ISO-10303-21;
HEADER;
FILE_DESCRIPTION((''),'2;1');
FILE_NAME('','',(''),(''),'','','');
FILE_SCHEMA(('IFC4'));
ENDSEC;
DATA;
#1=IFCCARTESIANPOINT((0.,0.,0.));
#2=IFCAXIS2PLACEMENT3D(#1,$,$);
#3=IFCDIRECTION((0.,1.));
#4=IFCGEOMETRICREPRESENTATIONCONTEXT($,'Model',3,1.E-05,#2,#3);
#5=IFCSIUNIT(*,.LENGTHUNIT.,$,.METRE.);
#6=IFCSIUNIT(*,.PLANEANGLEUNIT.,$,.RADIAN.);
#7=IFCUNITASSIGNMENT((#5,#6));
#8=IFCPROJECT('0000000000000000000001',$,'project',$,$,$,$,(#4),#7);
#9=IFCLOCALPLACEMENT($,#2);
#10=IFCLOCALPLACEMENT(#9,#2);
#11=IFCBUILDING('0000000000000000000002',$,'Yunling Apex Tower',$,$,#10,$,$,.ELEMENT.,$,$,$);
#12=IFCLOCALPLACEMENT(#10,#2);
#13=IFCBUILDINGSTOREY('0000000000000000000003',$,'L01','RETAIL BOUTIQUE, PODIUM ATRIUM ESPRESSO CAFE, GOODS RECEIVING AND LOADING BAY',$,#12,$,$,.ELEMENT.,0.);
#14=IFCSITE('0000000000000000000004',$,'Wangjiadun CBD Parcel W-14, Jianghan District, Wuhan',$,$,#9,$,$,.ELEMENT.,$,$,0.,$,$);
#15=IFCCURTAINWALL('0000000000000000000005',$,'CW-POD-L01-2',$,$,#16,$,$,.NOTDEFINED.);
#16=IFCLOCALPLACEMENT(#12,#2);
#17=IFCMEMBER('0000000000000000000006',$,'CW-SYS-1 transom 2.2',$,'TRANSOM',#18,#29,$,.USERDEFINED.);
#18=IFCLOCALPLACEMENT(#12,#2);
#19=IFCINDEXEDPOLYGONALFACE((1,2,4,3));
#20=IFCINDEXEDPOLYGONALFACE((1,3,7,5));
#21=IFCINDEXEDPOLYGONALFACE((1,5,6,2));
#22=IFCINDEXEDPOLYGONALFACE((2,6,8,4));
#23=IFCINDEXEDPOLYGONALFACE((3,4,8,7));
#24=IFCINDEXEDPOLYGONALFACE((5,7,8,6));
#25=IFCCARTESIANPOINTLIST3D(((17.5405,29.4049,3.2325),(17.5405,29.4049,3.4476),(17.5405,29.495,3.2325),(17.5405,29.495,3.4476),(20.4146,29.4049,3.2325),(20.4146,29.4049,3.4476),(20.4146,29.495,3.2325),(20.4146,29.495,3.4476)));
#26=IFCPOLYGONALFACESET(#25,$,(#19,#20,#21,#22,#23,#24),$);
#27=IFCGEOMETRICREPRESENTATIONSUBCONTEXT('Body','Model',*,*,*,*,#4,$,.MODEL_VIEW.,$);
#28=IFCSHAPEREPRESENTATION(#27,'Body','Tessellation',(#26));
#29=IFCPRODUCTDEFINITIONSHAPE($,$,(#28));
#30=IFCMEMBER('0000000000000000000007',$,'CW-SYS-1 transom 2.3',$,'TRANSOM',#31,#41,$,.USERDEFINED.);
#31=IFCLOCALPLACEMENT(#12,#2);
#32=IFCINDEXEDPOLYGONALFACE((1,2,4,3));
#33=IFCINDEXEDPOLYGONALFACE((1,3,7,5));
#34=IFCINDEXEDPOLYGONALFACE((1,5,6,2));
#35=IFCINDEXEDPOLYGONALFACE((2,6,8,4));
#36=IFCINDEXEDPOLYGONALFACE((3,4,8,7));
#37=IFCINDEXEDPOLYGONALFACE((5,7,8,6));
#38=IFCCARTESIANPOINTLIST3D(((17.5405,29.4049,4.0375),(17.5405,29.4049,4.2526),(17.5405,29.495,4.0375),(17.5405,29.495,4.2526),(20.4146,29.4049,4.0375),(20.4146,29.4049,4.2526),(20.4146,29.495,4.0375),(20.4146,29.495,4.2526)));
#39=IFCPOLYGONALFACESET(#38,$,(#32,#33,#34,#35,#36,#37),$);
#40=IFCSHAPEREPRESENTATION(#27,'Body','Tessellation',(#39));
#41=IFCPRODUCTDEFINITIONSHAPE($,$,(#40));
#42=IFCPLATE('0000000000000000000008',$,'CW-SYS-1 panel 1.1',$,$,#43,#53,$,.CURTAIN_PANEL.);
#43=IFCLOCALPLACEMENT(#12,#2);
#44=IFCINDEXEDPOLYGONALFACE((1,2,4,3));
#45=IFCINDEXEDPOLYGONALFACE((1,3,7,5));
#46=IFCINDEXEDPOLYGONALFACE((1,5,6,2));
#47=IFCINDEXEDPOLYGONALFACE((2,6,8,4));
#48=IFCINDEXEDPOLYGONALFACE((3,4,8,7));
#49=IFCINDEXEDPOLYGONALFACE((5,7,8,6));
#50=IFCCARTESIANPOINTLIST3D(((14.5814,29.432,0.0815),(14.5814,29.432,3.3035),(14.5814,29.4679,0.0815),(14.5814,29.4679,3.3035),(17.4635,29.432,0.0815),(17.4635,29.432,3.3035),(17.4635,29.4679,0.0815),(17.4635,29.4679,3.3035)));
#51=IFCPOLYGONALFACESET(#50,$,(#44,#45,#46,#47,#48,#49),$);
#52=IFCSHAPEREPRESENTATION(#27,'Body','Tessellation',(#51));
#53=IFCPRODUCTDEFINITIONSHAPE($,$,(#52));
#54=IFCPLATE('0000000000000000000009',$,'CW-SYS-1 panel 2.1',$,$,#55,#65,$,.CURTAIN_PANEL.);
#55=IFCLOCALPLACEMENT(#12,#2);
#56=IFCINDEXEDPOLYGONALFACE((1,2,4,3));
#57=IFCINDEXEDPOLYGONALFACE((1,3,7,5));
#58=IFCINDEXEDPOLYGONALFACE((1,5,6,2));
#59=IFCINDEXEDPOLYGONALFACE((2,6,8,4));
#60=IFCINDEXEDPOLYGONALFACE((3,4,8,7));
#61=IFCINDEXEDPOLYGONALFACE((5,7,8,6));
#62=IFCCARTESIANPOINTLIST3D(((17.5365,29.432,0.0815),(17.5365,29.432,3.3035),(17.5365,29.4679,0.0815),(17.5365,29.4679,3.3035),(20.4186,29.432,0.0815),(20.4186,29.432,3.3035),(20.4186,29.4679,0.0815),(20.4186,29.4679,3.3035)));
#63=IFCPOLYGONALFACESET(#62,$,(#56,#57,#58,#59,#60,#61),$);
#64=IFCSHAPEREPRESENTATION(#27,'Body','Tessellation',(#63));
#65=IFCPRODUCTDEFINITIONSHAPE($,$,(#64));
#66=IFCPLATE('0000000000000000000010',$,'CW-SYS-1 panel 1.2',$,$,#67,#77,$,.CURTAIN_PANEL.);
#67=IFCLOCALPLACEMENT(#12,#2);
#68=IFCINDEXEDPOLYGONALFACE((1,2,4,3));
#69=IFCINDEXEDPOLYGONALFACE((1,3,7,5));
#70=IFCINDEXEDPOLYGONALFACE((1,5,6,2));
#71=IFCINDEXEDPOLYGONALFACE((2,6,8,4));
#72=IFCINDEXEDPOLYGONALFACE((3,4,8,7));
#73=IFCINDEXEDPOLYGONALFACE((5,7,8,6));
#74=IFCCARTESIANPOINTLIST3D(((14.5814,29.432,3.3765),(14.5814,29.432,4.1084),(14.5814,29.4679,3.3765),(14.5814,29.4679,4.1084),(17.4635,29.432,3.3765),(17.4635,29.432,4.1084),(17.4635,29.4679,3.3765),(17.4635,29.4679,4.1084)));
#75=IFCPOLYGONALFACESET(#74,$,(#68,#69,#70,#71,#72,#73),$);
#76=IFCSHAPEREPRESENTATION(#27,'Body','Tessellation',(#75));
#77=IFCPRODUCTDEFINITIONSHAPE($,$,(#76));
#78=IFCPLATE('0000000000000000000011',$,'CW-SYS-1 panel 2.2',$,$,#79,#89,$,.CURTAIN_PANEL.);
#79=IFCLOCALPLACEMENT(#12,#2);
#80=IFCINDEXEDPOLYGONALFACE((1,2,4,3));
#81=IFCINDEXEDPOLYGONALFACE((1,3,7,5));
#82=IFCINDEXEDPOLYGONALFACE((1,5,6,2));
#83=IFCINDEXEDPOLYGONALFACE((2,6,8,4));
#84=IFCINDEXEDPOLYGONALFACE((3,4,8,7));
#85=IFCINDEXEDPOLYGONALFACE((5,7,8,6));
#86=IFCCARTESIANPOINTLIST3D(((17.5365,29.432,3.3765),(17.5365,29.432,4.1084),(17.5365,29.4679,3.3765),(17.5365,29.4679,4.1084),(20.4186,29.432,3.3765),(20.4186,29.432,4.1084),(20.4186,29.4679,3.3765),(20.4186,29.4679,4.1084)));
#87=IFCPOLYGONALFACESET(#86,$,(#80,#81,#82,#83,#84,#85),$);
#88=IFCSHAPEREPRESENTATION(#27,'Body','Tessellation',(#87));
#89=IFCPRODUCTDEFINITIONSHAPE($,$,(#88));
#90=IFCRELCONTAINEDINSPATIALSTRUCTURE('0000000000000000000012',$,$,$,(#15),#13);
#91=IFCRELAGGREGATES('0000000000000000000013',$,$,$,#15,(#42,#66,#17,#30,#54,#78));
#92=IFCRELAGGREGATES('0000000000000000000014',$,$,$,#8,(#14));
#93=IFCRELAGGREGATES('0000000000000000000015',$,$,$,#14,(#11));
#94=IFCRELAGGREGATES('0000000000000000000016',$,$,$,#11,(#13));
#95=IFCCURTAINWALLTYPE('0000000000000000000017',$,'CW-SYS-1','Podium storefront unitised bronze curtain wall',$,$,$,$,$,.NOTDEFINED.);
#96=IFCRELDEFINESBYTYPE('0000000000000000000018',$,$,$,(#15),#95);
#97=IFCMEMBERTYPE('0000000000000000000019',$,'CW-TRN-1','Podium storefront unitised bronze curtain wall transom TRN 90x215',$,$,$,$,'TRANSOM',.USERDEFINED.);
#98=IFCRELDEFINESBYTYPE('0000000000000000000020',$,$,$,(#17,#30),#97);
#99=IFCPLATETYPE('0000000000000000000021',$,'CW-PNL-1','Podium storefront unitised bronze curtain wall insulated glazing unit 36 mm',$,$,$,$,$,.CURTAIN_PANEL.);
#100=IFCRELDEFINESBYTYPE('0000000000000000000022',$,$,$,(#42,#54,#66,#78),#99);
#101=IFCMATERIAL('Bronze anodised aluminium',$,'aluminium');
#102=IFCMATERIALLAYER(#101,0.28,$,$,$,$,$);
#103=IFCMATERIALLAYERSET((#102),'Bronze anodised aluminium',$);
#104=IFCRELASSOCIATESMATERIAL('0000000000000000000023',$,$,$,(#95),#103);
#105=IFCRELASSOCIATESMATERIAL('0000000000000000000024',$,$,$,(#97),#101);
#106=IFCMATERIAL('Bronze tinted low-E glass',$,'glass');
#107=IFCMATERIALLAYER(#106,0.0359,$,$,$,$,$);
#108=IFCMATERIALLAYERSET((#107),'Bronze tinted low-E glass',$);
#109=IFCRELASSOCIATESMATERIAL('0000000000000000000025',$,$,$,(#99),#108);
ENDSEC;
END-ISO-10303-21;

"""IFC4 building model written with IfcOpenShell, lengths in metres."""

from ifc_helpers import new_model, si_unit, direction, frame, origin, origin_2d, place, context, subcontext, project, spatial, rectangle, extrude, source, transform, mapped, material, layer, layer_set, material_profile, profile_set, type_object, element, aggregate, save


model = new_model("IFC4")

# Units and contexts
model_context = context("Model", 3, precision=1e-05, world=origin(), true_north=direction((0.0, 1.0)))
body_context = subcontext(model_context, "Body", "Model", "MODEL_VIEW")
ifc_project = project(units=[si_unit("LENGTHUNIT", "METRE"), si_unit("PLANEANGLEUNIT", "RADIAN")], contexts=[model_context])

# Site, building, storey
site_placement = place(None, origin())
site = spatial("IfcSite", under=ifc_project, at=site_placement, Name="Wangjiadun CBD Parcel W-14, Jianghan District, Wuhan", CompositionType="ELEMENT", RefElevation=0.0)
building_placement = place(site_placement, origin())
building = spatial("IfcBuilding", under=site, at=building_placement, Name="Yunling Apex Tower", CompositionType="ELEMENT")
storey_placement = place(building_placement, origin())
storey = spatial("IfcBuildingStorey", under=building, at=storey_placement, Name="L01", Description="RETAIL BOUTIQUE, PODIUM ATRIUM ESPRESSO CAFE, GOODS RECEIVING AND LOADING BAY", CompositionType="ELEMENT", Elevation=0.0)

# Curtain wall, members, plates
ifc_material_1 = material(Name="Bronze anodised aluminium", Category="aluminium")
ifc_layer_1 = layer(ifc_material_1, 0.28)
ifc_layer_set_1 = layer_set([ifc_layer_1], Name="Bronze anodised aluminium")
curtain_wall_type = type_object("IfcCurtainWallType", Name="CW-SYS-1", Description="Podium storefront unitised bronze curtain wall", PredefinedType="NOTDEFINED", material=ifc_layer_set_1)
curtain_wall_placement = place(storey_placement, origin())
curtain_wall = element("IfcCurtainWall", 1, at=curtain_wall_placement, inside=storey, type_object=curtain_wall_type, Name="CW-POD-L01-2", PredefinedType="NOTDEFINED")
ifc_material_profile_1 = material_profile(ifc_material_1, rectangle(XDim=0.0901, YDim=0.2151, at=origin_2d()))
ifc_profile_set_1 = profile_set([ifc_material_profile_1], Name="Bronze anodised aluminium")
member_type_1 = type_object("IfcMemberType", Name="CW-TRN-1", Description="Podium storefront unitised bronze curtain wall transom TRN 90x215", ElementType="TRANSOM", PredefinedType="USERDEFINED", material=ifc_profile_set_1)
shared_shape_1 = source(origin(), body_context, "Body", "SweptSolid", [
    extrude(rectangle(XDim=0.0901, YDim=0.2151, at=origin_2d()), origin(), (0.0, 0.0, 1.0), 2.874),
])
member_1_placement = place(storey_placement, frame((17.5405, 29.45, 3.3401), z_axis=(1.0, 0.0, 0.0), x_axis=(0.0, 1.0, 0.0)))
member_1 = element("IfcMember", 2, at=member_1_placement, type_object=member_type_1, Name="CW-SYS-1 transom 2.2", ObjectType="TRANSOM", PredefinedType="USERDEFINED", context=body_context, shape_type="MappedRepresentation", body=[
    mapped(shared_shape_1, transform((0.0, 0.0, 0.0), scale=1.0)),
])
member_2_placement = place(storey_placement, frame((17.5405, 29.45, 4.145), z_axis=(1.0, 0.0, 0.0), x_axis=(0.0, 1.0, 0.0)))
member_2 = element("IfcMember", 3, at=member_2_placement, type_object=member_type_1, Name="CW-SYS-1 transom 2.3", ObjectType="TRANSOM", PredefinedType="USERDEFINED", context=body_context, shape_type="MappedRepresentation", body=[
    mapped(shared_shape_1, transform((0.0, 0.0, 0.0), scale=1.0)),
])
ifc_material_2 = material(Name="Bronze tinted low-E glass", Category="glass")
ifc_layer_2 = layer(ifc_material_2, 0.0359)
ifc_layer_set_2 = layer_set([ifc_layer_2], Name="Bronze tinted low-E glass")
plate_type = type_object("IfcPlateType", Name="CW-PNL-1", Description="Podium storefront unitised bronze curtain wall insulated glazing unit 36 mm", PredefinedType="CURTAIN_PANEL", material=ifc_layer_set_2)
shared_shape_2 = source(origin(), body_context, "Body", "SweptSolid", [
    extrude(rectangle(XDim=2.8821, YDim=0.0359, at=origin_2d()), origin(), (0.0, 0.0, 1.0), 3.2219),
])
plate_1_placement = place(storey_placement, frame((16.0225, 29.45, 0.0815), z_axis=(0.0, 0.0, 1.0), x_axis=(1.0, 0.0, 0.0)))
plate_1 = element("IfcPlate", 4, at=plate_1_placement, type_object=plate_type, Name="CW-SYS-1 panel 1.1", PredefinedType="CURTAIN_PANEL", context=body_context, shape_type="MappedRepresentation", body=[
    mapped(shared_shape_2, transform((0.0, 0.0, 0.0), scale=1.0)),
])
plate_2_placement = place(storey_placement, frame((18.9775, 29.45, 0.0815), z_axis=(0.0, 0.0, 1.0), x_axis=(1.0, 0.0, 0.0)))
plate_2 = element("IfcPlate", 5, at=plate_2_placement, type_object=plate_type, Name="CW-SYS-1 panel 2.1", PredefinedType="CURTAIN_PANEL", context=body_context, shape_type="MappedRepresentation", body=[
    mapped(shared_shape_2, transform((0.0, 0.0, 0.0), scale=1.0)),
])
shared_shape_3 = source(origin(), body_context, "Body", "SweptSolid", [
    extrude(rectangle(XDim=2.8821, YDim=0.0359, at=origin_2d()), origin(), (0.0, 0.0, 1.0), 0.7319),
])
plate_3_placement = place(storey_placement, frame((16.0225, 29.45, 3.3765), z_axis=(0.0, 0.0, 1.0), x_axis=(1.0, 0.0, 0.0)))
plate_3 = element("IfcPlate", 6, at=plate_3_placement, type_object=plate_type, Name="CW-SYS-1 panel 1.2", PredefinedType="CURTAIN_PANEL", context=body_context, shape_type="MappedRepresentation", body=[
    mapped(shared_shape_3, transform((0.0, 0.0, 0.0), scale=1.0)),
])
plate_4_placement = place(storey_placement, frame((18.9775, 29.45, 3.3765), z_axis=(0.0, 0.0, 1.0), x_axis=(1.0, 0.0, 0.0)))
plate_4 = element("IfcPlate", 7, at=plate_4_placement, type_object=plate_type, Name="CW-SYS-1 panel 2.2", PredefinedType="CURTAIN_PANEL", context=body_context, shape_type="MappedRepresentation", body=[
    mapped(shared_shape_3, transform((0.0, 0.0, 0.0), scale=1.0)),
])
aggregate(curtain_wall, [plate_1, plate_3, member_1, member_2, plate_2, plate_4])

save(model, "model.ifc")
